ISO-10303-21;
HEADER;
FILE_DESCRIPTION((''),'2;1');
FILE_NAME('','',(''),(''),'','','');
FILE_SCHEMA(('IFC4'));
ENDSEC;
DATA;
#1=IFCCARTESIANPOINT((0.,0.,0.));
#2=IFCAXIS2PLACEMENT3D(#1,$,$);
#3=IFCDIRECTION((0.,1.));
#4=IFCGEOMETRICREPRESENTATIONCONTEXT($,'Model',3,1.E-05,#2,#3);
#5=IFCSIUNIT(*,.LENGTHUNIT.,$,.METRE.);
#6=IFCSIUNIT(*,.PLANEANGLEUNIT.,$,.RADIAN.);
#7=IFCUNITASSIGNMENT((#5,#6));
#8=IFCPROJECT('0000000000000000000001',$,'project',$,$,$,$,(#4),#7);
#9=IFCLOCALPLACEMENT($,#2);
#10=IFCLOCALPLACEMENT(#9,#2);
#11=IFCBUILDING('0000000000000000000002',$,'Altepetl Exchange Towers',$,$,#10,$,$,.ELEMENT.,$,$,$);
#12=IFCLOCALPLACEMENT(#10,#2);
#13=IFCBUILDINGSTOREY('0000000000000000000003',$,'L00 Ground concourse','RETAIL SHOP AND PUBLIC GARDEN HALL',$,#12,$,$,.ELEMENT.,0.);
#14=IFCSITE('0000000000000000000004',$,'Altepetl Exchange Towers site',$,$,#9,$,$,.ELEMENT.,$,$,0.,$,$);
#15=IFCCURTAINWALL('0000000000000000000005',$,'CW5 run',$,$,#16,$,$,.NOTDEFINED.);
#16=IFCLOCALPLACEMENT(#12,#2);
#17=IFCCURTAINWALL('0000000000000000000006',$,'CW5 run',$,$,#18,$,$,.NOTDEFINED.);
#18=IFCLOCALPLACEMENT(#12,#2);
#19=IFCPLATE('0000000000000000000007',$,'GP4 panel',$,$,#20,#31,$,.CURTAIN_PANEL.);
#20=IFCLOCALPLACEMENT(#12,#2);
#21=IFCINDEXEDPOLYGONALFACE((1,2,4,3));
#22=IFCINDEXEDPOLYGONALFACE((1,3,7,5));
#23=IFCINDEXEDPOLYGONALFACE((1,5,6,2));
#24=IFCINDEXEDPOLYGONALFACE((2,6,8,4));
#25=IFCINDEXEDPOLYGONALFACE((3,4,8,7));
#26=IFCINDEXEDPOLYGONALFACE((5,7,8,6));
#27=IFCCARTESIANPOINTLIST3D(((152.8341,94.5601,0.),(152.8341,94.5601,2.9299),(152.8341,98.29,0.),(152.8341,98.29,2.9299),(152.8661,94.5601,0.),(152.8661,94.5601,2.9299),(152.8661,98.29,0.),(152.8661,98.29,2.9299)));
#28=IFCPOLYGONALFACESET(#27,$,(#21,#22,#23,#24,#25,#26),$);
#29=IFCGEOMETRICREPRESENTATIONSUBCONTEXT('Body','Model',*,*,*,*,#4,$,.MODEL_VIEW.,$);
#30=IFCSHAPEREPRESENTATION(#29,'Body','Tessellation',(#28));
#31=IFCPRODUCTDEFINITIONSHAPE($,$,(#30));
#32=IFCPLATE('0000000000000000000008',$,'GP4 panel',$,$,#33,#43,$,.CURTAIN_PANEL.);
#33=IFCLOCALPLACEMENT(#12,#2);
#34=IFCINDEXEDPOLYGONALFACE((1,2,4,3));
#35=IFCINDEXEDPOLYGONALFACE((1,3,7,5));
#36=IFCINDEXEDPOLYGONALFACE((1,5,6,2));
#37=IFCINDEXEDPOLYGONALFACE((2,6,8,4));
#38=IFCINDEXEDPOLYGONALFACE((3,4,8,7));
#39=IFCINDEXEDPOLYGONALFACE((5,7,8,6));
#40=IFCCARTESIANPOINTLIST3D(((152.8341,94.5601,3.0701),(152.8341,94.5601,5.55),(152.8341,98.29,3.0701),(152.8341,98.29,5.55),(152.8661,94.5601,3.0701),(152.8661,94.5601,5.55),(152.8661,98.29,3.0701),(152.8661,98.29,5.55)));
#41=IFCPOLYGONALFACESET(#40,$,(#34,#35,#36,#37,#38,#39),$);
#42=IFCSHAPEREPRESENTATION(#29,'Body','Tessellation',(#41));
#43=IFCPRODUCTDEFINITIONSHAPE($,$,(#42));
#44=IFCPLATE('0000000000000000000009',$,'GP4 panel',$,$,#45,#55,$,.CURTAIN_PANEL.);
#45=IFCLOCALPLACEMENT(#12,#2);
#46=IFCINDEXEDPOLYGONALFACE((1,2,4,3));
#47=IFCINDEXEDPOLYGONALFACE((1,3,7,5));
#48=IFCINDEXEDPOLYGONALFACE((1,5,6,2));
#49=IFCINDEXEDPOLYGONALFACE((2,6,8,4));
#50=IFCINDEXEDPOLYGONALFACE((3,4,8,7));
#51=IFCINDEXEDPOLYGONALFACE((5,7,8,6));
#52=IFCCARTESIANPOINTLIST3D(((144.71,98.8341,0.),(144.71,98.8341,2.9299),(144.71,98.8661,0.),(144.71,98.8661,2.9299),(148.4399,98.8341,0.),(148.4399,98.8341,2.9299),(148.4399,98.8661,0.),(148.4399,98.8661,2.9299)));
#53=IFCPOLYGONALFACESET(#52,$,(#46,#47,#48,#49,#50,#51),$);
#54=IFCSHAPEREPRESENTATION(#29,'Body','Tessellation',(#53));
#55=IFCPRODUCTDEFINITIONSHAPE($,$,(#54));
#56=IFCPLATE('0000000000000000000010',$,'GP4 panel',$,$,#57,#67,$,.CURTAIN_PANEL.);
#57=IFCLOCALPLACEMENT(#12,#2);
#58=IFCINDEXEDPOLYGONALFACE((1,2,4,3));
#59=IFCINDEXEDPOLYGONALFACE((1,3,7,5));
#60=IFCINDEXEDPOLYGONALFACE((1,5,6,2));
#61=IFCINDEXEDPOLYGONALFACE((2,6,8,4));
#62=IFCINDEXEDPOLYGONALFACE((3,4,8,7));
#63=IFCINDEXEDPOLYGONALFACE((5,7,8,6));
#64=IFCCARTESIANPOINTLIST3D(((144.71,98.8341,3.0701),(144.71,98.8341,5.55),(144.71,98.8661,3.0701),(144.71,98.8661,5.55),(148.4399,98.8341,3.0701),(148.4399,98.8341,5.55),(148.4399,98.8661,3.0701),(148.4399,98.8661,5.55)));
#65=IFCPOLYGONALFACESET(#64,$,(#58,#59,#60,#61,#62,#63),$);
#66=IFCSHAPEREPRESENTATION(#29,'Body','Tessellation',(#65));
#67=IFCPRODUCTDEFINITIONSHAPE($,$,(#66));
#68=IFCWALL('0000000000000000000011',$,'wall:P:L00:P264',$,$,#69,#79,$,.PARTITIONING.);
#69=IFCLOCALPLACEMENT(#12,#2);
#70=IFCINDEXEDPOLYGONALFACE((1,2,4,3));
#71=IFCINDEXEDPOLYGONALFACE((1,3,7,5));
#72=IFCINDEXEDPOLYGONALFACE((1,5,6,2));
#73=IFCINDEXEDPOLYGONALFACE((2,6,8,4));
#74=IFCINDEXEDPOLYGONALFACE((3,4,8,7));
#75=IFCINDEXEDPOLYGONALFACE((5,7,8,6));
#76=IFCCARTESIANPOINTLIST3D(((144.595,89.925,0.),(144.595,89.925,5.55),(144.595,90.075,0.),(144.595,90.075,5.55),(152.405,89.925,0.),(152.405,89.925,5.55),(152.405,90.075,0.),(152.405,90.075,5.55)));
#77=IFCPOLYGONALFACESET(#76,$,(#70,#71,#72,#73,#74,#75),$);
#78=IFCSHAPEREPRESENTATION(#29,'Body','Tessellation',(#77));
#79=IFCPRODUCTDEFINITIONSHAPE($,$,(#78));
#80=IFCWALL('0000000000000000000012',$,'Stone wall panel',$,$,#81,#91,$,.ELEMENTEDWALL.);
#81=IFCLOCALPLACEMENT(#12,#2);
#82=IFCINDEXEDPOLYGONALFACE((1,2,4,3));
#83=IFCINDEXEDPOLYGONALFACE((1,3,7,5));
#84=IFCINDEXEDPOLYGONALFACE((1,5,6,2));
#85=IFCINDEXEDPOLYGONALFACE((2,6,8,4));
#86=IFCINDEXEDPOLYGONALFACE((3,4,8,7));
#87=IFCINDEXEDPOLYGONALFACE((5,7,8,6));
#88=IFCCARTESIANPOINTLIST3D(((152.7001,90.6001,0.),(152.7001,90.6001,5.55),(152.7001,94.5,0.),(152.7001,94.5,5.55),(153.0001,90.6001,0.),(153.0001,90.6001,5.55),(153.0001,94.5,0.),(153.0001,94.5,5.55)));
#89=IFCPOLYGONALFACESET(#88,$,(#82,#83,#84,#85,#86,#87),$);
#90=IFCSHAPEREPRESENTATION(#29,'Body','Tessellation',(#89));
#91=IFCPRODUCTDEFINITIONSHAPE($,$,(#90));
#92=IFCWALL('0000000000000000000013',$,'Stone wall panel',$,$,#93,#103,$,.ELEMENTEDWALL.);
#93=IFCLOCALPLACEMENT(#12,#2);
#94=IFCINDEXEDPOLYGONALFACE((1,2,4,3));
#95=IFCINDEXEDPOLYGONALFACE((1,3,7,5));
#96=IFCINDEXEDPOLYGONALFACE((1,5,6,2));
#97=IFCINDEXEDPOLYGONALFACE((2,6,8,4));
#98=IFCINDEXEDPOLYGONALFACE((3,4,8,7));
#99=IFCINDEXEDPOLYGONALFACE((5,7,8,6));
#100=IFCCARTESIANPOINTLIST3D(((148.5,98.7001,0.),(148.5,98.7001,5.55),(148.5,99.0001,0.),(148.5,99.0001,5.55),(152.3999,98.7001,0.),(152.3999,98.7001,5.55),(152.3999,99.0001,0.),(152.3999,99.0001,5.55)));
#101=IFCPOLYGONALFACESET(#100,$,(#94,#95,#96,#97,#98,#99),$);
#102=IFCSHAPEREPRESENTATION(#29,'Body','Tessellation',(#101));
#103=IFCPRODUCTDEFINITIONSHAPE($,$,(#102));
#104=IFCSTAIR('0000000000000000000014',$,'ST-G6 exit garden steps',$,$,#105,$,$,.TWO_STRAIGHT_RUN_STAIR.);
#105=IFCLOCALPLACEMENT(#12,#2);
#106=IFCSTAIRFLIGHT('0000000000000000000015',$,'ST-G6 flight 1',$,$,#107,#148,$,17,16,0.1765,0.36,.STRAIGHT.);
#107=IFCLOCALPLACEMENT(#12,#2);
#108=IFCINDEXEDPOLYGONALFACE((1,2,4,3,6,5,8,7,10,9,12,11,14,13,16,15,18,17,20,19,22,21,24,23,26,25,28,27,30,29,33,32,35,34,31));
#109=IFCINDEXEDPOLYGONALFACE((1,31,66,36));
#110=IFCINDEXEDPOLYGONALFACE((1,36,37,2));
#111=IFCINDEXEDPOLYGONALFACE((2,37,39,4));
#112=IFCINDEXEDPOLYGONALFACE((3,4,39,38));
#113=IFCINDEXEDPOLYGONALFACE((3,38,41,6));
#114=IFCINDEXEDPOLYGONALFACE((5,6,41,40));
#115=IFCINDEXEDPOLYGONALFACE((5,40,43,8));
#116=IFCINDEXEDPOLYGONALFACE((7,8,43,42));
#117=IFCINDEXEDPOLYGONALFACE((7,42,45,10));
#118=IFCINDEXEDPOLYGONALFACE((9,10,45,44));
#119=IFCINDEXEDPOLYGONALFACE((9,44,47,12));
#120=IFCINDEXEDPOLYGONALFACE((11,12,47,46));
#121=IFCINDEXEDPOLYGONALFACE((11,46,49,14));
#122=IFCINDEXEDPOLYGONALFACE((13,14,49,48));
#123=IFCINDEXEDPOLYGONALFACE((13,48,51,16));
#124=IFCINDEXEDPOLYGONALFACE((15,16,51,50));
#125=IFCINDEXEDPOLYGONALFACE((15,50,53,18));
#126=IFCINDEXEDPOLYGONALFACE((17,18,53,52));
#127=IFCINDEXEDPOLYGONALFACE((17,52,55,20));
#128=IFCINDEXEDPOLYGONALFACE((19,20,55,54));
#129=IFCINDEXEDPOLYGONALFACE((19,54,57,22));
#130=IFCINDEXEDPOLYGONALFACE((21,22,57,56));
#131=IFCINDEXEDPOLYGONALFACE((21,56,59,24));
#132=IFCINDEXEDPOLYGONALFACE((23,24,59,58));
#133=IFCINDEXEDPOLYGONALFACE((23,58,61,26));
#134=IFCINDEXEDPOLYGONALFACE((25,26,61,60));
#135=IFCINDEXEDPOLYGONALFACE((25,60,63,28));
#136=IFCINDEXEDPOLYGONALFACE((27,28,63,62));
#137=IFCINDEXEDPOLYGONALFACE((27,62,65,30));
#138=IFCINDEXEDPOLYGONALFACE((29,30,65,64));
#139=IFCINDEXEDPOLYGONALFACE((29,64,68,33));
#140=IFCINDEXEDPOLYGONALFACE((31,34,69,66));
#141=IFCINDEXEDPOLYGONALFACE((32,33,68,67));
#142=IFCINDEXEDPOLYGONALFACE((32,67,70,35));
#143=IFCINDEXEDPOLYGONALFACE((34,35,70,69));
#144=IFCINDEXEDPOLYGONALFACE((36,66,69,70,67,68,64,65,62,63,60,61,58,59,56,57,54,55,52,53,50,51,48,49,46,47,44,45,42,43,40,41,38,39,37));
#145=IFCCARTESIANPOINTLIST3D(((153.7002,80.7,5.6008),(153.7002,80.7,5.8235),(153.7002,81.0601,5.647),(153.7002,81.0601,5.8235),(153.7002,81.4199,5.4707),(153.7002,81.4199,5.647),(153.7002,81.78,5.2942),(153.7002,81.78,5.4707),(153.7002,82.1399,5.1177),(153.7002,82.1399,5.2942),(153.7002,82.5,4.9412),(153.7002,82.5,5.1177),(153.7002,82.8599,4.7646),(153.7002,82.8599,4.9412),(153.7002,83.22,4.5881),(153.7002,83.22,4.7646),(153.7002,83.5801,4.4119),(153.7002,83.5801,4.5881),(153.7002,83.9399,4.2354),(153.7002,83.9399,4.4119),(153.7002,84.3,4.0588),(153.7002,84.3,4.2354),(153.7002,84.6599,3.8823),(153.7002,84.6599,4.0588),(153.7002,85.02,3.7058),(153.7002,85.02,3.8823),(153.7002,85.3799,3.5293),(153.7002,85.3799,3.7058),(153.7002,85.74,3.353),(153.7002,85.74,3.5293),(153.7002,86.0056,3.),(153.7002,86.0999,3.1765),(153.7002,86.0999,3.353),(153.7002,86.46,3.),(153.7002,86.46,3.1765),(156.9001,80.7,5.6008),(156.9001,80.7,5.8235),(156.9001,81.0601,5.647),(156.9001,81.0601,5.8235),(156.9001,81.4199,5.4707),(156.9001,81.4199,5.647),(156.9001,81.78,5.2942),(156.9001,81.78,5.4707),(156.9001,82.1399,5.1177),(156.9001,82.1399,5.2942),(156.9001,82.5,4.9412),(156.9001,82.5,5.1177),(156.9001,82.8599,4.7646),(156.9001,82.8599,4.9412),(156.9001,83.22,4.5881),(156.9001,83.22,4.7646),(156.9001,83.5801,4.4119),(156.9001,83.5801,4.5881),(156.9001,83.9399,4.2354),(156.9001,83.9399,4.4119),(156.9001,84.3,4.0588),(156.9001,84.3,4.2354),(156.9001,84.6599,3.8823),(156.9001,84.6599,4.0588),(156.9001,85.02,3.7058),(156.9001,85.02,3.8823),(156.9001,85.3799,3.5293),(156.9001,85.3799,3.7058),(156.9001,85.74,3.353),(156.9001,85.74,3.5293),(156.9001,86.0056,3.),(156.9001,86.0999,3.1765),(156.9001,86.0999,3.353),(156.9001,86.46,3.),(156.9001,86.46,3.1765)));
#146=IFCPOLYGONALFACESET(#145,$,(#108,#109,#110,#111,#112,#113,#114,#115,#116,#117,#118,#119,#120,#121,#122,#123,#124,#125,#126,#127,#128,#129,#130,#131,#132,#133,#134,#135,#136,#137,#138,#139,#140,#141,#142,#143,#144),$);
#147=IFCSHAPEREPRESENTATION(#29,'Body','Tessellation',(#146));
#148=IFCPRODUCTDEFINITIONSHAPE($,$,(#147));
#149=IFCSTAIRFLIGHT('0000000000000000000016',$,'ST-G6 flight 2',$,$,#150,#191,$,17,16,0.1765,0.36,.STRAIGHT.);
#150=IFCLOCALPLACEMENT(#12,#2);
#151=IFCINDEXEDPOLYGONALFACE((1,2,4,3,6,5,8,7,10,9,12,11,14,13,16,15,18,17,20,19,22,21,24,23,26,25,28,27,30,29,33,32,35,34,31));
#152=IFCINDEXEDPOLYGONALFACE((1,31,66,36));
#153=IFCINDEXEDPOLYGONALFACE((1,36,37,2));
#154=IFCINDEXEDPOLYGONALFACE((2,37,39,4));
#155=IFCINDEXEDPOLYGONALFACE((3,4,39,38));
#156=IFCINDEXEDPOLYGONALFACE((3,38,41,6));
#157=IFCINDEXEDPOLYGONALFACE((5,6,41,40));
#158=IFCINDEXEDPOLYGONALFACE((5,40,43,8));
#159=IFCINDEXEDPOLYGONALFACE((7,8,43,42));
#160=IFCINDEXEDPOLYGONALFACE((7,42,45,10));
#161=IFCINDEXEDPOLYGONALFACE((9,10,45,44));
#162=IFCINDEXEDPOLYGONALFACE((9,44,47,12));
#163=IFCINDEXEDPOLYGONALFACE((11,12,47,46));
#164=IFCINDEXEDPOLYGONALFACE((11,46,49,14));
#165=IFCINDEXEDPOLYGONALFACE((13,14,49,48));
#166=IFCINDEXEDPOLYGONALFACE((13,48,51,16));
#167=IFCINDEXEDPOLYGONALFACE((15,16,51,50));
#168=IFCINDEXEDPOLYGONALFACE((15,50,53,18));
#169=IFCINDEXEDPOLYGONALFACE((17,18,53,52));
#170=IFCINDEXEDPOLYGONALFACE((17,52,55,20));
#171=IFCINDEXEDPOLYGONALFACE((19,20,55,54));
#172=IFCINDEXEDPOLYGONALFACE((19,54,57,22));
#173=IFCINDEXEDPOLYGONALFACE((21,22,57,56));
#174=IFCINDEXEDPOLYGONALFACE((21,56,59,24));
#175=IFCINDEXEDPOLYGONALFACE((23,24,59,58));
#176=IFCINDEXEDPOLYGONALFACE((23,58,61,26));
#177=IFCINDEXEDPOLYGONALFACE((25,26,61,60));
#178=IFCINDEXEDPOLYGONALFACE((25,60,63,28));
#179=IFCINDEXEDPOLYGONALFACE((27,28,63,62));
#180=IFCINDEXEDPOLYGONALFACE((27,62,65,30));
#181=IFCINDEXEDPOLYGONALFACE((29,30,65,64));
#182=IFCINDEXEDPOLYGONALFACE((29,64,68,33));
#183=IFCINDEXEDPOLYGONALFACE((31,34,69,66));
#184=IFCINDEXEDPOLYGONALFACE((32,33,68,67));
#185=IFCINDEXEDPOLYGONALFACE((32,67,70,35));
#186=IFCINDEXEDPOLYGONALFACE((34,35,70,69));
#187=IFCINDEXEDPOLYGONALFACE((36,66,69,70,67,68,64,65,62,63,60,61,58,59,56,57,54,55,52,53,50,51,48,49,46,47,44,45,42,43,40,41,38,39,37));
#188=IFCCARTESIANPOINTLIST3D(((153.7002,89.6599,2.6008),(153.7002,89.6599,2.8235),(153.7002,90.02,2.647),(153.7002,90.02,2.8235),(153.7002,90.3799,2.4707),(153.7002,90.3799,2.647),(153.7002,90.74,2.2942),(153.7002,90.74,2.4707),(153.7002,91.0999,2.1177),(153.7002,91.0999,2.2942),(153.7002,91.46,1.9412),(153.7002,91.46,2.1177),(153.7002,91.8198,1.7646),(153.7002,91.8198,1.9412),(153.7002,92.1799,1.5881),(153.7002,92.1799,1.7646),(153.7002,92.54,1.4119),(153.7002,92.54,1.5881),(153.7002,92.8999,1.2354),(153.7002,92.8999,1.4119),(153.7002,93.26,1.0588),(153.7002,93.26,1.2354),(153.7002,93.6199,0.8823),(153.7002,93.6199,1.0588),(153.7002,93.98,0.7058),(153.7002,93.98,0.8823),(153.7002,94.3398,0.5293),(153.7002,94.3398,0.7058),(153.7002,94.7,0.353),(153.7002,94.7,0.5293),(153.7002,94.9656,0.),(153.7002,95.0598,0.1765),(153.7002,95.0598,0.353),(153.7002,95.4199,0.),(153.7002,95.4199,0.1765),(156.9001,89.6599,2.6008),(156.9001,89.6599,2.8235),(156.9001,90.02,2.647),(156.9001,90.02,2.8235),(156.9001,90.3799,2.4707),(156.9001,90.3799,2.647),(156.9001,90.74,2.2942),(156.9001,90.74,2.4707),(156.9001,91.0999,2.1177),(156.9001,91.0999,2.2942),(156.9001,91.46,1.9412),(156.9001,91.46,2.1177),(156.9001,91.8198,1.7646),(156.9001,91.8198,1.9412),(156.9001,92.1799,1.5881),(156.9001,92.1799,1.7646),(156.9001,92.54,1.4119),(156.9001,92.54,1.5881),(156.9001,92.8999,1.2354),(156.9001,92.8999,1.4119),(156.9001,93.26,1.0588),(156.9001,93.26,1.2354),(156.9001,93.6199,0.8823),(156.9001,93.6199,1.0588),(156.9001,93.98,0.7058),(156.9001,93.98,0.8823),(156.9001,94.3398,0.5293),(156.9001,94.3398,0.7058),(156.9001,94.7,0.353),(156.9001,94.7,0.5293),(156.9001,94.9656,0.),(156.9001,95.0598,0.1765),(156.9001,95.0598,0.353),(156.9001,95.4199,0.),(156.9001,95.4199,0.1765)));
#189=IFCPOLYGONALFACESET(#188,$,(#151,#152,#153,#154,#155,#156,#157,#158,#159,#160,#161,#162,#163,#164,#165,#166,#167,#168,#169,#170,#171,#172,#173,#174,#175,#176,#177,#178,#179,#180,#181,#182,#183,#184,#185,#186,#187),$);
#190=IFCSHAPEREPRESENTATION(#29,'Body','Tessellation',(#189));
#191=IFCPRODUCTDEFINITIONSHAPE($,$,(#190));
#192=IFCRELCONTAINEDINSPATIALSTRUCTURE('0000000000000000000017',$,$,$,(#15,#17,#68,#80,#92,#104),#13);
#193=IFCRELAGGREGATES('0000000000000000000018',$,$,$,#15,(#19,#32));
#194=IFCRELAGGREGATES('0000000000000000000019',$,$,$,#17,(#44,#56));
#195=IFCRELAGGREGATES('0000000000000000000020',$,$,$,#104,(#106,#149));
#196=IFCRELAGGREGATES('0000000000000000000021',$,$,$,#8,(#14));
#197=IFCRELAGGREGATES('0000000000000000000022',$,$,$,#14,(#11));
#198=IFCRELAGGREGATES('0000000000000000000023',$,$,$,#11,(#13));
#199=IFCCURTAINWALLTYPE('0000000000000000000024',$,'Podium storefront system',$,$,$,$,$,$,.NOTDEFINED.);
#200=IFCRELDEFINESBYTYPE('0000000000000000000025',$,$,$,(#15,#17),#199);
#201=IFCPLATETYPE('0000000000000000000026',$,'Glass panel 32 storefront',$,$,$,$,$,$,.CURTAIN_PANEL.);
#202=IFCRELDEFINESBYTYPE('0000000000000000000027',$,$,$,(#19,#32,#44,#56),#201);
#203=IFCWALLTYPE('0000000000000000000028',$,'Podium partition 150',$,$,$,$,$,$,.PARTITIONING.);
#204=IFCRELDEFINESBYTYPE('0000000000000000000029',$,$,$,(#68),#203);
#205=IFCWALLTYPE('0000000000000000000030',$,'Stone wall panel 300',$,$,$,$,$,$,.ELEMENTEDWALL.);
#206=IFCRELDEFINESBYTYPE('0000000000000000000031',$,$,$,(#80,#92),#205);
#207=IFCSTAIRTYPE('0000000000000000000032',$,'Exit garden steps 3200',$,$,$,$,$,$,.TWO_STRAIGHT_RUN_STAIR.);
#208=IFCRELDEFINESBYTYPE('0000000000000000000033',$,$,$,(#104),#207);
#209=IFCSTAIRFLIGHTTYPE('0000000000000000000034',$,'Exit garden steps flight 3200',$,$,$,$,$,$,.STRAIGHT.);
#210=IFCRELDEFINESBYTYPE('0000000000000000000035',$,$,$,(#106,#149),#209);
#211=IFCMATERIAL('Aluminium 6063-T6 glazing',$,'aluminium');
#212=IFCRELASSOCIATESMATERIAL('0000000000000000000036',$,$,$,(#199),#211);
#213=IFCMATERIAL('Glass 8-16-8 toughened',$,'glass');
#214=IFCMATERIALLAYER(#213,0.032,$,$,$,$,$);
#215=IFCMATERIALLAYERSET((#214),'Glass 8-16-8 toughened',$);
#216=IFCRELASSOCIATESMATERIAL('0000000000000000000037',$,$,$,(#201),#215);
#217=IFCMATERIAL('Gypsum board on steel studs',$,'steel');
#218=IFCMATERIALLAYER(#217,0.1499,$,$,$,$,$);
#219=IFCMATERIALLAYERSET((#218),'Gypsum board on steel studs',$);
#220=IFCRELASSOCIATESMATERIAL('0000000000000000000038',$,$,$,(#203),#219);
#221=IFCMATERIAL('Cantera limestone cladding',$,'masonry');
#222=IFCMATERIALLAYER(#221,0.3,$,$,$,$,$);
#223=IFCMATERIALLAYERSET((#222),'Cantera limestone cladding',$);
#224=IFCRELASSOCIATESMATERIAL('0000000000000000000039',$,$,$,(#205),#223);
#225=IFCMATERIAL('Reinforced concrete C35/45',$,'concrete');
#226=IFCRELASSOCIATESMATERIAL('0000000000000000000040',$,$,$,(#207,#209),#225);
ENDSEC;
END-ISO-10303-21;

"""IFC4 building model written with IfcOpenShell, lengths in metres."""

from ifc_helpers import new_model, si_unit, direction, frame, frame_2d, origin, origin_2d, place, context, subcontext, project, spatial, polyline, rectangle, outline, extrude, material, layer, layer_set, type_object, element, aggregate, save


model = new_model("IFC4")

# Units and contexts
model_context = context("Model", 3, precision=1e-05, world=origin(), true_north=direction((0.0, 1.0)))
body_context = subcontext(model_context, "Body", "Model", "MODEL_VIEW")
ifc_project = project(units=[si_unit("LENGTHUNIT", "METRE"), si_unit("PLANEANGLEUNIT", "RADIAN")], contexts=[model_context])

# Site, building, storey
site_placement = place(None, origin())
site = spatial("IfcSite", under=ifc_project, at=site_placement, Name="Altepetl Exchange Towers site", CompositionType="ELEMENT", RefElevation=0.0)
building_placement = place(site_placement, origin())
building = spatial("IfcBuilding", under=site, at=building_placement, Name="Altepetl Exchange Towers", CompositionType="ELEMENT")
storey_placement = place(building_placement, origin())
storey = spatial("IfcBuildingStorey", under=building, at=storey_placement, Name="L00 Ground concourse", Description="RETAIL SHOP AND PUBLIC GARDEN HALL", CompositionType="ELEMENT", Elevation=0.0)

# Curtain walls
ifc_material_1 = material(Name="Aluminium 6063-T6 glazing", Category="aluminium")
curtain_wall_type = type_object("IfcCurtainWallType", Name="Podium storefront system", PredefinedType="NOTDEFINED", material=ifc_material_1)
curtain_wall_1_placement = place(storey_placement, origin())
curtain_wall_1 = element("IfcCurtainWall", 1, at=curtain_wall_1_placement, inside=storey, type_object=curtain_wall_type, Name="CW5 run", PredefinedType="NOTDEFINED")
curtain_wall_2_placement = place(storey_placement, origin())
curtain_wall_2 = element("IfcCurtainWall", 2, at=curtain_wall_2_placement, inside=storey, type_object=curtain_wall_type, Name="CW5 run", PredefinedType="NOTDEFINED")

# Plates
ifc_material_2 = material(Name="Glass 8-16-8 toughened", Category="glass")
ifc_layer_1 = layer(ifc_material_2, 0.032)
ifc_layer_set_1 = layer_set([ifc_layer_1], Name="Glass 8-16-8 toughened")
plate_type = type_object("IfcPlateType", Name="Glass panel 32 storefront", PredefinedType="CURTAIN_PANEL", material=ifc_layer_set_1)
plate_1_placement = place(storey_placement, frame((152.8501, 96.425, 0.0), z_axis=(0.0, 0.0, 1.0), x_axis=(0.0, 1.0, 0.0)))
plate_1 = element("IfcPlate", 3, at=plate_1_placement, type_object=plate_type, Name="GP4 panel", PredefinedType="CURTAIN_PANEL", context=body_context, shape_type="SweptSolid", body=[
    extrude(rectangle(XDim=3.73, YDim=0.032, at=origin_2d()), origin(), (0.0, 0.0, 1.0), 2.9299),
])
plate_2_placement = place(storey_placement, frame((152.8501, 96.425, 3.0701), z_axis=(0.0, 0.0, 1.0), x_axis=(0.0, 1.0, 0.0)))
plate_2 = element("IfcPlate", 4, at=plate_2_placement, type_object=plate_type, Name="GP4 panel", PredefinedType="CURTAIN_PANEL", context=body_context, shape_type="SweptSolid", body=[
    extrude(rectangle(XDim=3.73, YDim=0.032, at=origin_2d()), origin(), (0.0, 0.0, 1.0), 2.48),
])
aggregate(curtain_wall_1, [plate_1, plate_2])
plate_3_placement = place(storey_placement, frame((146.575, 98.8501, 0.0), z_axis=(0.0, 0.0, 1.0), x_axis=(-1.0, 0.0, 0.0)))
plate_3 = element("IfcPlate", 5, at=plate_3_placement, type_object=plate_type, Name="GP4 panel", PredefinedType="CURTAIN_PANEL", context=body_context, shape_type="SweptSolid", body=[
    extrude(rectangle(XDim=3.73, YDim=0.032, at=origin_2d()), origin(), (0.0, 0.0, 1.0), 2.9299),
])
plate_4_placement = place(storey_placement, frame((146.575, 98.8501, 3.0701), z_axis=(0.0, 0.0, 1.0), x_axis=(-1.0, 0.0, 0.0)))
plate_4 = element("IfcPlate", 6, at=plate_4_placement, type_object=plate_type, Name="GP4 panel", PredefinedType="CURTAIN_PANEL", context=body_context, shape_type="SweptSolid", body=[
    extrude(rectangle(XDim=3.73, YDim=0.032, at=origin_2d()), origin(), (0.0, 0.0, 1.0), 2.48),
])
aggregate(curtain_wall_2, [plate_3, plate_4])

# Walls
ifc_material_3 = material(Name="Gypsum board on steel studs", Category="steel")
ifc_layer_2 = layer(ifc_material_3, 0.1499)
ifc_layer_set_2 = layer_set([ifc_layer_2], Name="Gypsum board on steel studs")
wall_type_1 = type_object("IfcWallType", Name="Podium partition 150", PredefinedType="PARTITIONING", material=ifc_layer_set_2)
wall_placement = place(storey_placement, frame((144.595, 90.0, 0.0)))
element("IfcWall", 7, at=wall_placement, inside=storey, type_object=wall_type_1, Name="wall:P:L00:P264", PredefinedType="PARTITIONING", context=body_context, shape_type="SweptSolid", body=[
    extrude(rectangle(XDim=7.8101, YDim=0.1499, at=frame_2d((3.905, 0.0))), origin(), (0.0, 0.0, 1.0), 5.55),
])
ifc_material_4 = material(Name="Cantera limestone cladding", Category="masonry")
ifc_layer_3 = layer(ifc_material_4, 0.3)
ifc_layer_set_3 = layer_set([ifc_layer_3], Name="Cantera limestone cladding")
wall_type_2 = type_object("IfcWallType", Name="Stone wall panel 300", PredefinedType="ELEMENTEDWALL", material=ifc_layer_set_3)
for number, where, z_axis, x_axis, name in (
    (8, (152.8501, 90.6001, 0.0), (0.0, 0.0, 1.0), (0.0, 1.0, 0.0), "Stone wall panel"),
    (9, (152.3999, 98.8501, 0.0), (0.0, 0.0, 1.0), (-1.0, 0.0, 0.0), "Stone wall panel"),
):
    element("IfcWall", number, at=place(storey_placement, frame(where, z_axis=z_axis, x_axis=x_axis)), inside=storey, type_object=wall_type_2, Name=name, PredefinedType="ELEMENTEDWALL", context=body_context, shape_type="SweptSolid", body=[
        extrude(rectangle(XDim=3.8999, YDim=0.3, at=frame_2d((1.95, 0.0))), origin(), (0.0, 0.0, 1.0), 5.55),
    ])

# Stair, stair flights
ifc_material_5 = material(Name="Reinforced concrete C35/45", Category="concrete")
stair_type = type_object("IfcStairType", Name="Exit garden steps 3200", PredefinedType="TWO_STRAIGHT_RUN_STAIR", material=ifc_material_5)
stair_1_placement = place(storey_placement, origin())
stair_1 = element("IfcStair", 10, at=stair_1_placement, inside=storey, type_object=stair_type, Name="ST-G6 exit garden steps", PredefinedType="TWO_STRAIGHT_RUN_STAIR")
stair_flight_type = type_object("IfcStairFlightType", Name="Exit garden steps flight 3200", PredefinedType="STRAIGHT", material=ifc_material_5)
stair_flight_1_placement = place(storey_placement, frame((155.3, 86.46, 3.0), z_axis=(0.0, 0.0, 1.0), x_axis=(0.0, -1.0, 0.0)))
stair_flight_1 = element("IfcStairFlight", 11, at=stair_flight_1_placement, type_object=stair_flight_type, Name="ST-G6 flight 1", NumberOfRisers=17, NumberOfTreads=16, PredefinedType="STRAIGHT", RiserHeight=0.1765, TreadLength=0.36, context=body_context, shape_type="SweptSolid", body=[
    extrude(outline(polyline([(0.0, 0.0), (0.0, 0.1765), (0.3601, 0.1765), (0.3601, 0.353), (0.72, 0.353), (0.72, 0.5293), (1.0801, 0.5293), (1.0801, 0.7058), (1.4399, 0.7058), (1.4399, 0.8823), (1.8, 0.8823), (1.8, 1.0588), (2.1599, 1.0588), (2.1599, 1.2354), (2.52, 1.2354), (2.52, 1.4119), (2.8799, 1.4119), (2.8799, 1.5881), (3.24, 1.5881), (3.24, 1.7646), (3.6001, 1.7646), (3.6001, 1.9412), (3.96, 1.9412), (3.96, 2.1177), (4.3201, 2.1177), (4.3201, 2.2942), (4.6799, 2.2942), (4.6799, 2.4707), (5.04, 2.4707), (5.04, 2.647), (5.3999, 2.647), (5.3999, 2.8235), (5.76, 2.8235), (5.76, 3.0), (5.76, 2.6008), (0.4543, 0.0), (0.0, 0.0)])), frame((0.0, 1.6001, 0.0), z_axis=(0.0, -1.0, 0.0), x_axis=(1.0, 0.0, 0.0)), (0.0, 0.0, 1.0), 3.2),
])
stair_flight_2_placement = place(storey_placement, frame((155.3, 95.4199, 0.0), z_axis=(0.0, 0.0, 1.0), x_axis=(0.0, -1.0, 0.0)))
stair_flight_2 = element("IfcStairFlight", 12, at=stair_flight_2_placement, type_object=stair_flight_type, Name="ST-G6 flight 2", NumberOfRisers=17, NumberOfTreads=16, PredefinedType="STRAIGHT", RiserHeight=0.1765, TreadLength=0.36, context=body_context, shape_type="SweptSolid", body=[
    extrude(outline(polyline([(0.0, 0.0), (0.0, 0.1765), (0.3601, 0.1765), (0.3601, 0.353), (0.72, 0.353), (0.72, 0.5293), (1.0801, 0.5293), (1.0801, 0.7058), (1.4399, 0.7058), (1.4399, 0.8823), (1.8, 0.8823), (1.8, 1.0588), (2.1599, 1.0588), (2.1599, 1.2354), (2.52, 1.2354), (2.52, 1.4119), (2.8799, 1.4119), (2.8799, 1.5881), (3.24, 1.5881), (3.24, 1.7646), (3.6001, 1.7646), (3.6001, 1.9412), (3.96, 1.9412), (3.96, 2.1177), (4.3201, 2.1177), (4.3201, 2.2942), (4.6799, 2.2942), (4.6799, 2.4707), (5.04, 2.4707), (5.04, 2.647), (5.3999, 2.647), (5.3999, 2.8235), (5.76, 2.8235), (5.76, 3.0), (5.76, 2.6008), (0.4543, 0.0), (0.0, 0.0)])), frame((0.0, 1.6001, 0.0), z_axis=(0.0, -1.0, 0.0), x_axis=(1.0, 0.0, 0.0)), (0.0, 0.0, 1.0), 3.2),
])
aggregate(stair_1, [stair_flight_1, stair_flight_2])

save(model, "model.ifc")
